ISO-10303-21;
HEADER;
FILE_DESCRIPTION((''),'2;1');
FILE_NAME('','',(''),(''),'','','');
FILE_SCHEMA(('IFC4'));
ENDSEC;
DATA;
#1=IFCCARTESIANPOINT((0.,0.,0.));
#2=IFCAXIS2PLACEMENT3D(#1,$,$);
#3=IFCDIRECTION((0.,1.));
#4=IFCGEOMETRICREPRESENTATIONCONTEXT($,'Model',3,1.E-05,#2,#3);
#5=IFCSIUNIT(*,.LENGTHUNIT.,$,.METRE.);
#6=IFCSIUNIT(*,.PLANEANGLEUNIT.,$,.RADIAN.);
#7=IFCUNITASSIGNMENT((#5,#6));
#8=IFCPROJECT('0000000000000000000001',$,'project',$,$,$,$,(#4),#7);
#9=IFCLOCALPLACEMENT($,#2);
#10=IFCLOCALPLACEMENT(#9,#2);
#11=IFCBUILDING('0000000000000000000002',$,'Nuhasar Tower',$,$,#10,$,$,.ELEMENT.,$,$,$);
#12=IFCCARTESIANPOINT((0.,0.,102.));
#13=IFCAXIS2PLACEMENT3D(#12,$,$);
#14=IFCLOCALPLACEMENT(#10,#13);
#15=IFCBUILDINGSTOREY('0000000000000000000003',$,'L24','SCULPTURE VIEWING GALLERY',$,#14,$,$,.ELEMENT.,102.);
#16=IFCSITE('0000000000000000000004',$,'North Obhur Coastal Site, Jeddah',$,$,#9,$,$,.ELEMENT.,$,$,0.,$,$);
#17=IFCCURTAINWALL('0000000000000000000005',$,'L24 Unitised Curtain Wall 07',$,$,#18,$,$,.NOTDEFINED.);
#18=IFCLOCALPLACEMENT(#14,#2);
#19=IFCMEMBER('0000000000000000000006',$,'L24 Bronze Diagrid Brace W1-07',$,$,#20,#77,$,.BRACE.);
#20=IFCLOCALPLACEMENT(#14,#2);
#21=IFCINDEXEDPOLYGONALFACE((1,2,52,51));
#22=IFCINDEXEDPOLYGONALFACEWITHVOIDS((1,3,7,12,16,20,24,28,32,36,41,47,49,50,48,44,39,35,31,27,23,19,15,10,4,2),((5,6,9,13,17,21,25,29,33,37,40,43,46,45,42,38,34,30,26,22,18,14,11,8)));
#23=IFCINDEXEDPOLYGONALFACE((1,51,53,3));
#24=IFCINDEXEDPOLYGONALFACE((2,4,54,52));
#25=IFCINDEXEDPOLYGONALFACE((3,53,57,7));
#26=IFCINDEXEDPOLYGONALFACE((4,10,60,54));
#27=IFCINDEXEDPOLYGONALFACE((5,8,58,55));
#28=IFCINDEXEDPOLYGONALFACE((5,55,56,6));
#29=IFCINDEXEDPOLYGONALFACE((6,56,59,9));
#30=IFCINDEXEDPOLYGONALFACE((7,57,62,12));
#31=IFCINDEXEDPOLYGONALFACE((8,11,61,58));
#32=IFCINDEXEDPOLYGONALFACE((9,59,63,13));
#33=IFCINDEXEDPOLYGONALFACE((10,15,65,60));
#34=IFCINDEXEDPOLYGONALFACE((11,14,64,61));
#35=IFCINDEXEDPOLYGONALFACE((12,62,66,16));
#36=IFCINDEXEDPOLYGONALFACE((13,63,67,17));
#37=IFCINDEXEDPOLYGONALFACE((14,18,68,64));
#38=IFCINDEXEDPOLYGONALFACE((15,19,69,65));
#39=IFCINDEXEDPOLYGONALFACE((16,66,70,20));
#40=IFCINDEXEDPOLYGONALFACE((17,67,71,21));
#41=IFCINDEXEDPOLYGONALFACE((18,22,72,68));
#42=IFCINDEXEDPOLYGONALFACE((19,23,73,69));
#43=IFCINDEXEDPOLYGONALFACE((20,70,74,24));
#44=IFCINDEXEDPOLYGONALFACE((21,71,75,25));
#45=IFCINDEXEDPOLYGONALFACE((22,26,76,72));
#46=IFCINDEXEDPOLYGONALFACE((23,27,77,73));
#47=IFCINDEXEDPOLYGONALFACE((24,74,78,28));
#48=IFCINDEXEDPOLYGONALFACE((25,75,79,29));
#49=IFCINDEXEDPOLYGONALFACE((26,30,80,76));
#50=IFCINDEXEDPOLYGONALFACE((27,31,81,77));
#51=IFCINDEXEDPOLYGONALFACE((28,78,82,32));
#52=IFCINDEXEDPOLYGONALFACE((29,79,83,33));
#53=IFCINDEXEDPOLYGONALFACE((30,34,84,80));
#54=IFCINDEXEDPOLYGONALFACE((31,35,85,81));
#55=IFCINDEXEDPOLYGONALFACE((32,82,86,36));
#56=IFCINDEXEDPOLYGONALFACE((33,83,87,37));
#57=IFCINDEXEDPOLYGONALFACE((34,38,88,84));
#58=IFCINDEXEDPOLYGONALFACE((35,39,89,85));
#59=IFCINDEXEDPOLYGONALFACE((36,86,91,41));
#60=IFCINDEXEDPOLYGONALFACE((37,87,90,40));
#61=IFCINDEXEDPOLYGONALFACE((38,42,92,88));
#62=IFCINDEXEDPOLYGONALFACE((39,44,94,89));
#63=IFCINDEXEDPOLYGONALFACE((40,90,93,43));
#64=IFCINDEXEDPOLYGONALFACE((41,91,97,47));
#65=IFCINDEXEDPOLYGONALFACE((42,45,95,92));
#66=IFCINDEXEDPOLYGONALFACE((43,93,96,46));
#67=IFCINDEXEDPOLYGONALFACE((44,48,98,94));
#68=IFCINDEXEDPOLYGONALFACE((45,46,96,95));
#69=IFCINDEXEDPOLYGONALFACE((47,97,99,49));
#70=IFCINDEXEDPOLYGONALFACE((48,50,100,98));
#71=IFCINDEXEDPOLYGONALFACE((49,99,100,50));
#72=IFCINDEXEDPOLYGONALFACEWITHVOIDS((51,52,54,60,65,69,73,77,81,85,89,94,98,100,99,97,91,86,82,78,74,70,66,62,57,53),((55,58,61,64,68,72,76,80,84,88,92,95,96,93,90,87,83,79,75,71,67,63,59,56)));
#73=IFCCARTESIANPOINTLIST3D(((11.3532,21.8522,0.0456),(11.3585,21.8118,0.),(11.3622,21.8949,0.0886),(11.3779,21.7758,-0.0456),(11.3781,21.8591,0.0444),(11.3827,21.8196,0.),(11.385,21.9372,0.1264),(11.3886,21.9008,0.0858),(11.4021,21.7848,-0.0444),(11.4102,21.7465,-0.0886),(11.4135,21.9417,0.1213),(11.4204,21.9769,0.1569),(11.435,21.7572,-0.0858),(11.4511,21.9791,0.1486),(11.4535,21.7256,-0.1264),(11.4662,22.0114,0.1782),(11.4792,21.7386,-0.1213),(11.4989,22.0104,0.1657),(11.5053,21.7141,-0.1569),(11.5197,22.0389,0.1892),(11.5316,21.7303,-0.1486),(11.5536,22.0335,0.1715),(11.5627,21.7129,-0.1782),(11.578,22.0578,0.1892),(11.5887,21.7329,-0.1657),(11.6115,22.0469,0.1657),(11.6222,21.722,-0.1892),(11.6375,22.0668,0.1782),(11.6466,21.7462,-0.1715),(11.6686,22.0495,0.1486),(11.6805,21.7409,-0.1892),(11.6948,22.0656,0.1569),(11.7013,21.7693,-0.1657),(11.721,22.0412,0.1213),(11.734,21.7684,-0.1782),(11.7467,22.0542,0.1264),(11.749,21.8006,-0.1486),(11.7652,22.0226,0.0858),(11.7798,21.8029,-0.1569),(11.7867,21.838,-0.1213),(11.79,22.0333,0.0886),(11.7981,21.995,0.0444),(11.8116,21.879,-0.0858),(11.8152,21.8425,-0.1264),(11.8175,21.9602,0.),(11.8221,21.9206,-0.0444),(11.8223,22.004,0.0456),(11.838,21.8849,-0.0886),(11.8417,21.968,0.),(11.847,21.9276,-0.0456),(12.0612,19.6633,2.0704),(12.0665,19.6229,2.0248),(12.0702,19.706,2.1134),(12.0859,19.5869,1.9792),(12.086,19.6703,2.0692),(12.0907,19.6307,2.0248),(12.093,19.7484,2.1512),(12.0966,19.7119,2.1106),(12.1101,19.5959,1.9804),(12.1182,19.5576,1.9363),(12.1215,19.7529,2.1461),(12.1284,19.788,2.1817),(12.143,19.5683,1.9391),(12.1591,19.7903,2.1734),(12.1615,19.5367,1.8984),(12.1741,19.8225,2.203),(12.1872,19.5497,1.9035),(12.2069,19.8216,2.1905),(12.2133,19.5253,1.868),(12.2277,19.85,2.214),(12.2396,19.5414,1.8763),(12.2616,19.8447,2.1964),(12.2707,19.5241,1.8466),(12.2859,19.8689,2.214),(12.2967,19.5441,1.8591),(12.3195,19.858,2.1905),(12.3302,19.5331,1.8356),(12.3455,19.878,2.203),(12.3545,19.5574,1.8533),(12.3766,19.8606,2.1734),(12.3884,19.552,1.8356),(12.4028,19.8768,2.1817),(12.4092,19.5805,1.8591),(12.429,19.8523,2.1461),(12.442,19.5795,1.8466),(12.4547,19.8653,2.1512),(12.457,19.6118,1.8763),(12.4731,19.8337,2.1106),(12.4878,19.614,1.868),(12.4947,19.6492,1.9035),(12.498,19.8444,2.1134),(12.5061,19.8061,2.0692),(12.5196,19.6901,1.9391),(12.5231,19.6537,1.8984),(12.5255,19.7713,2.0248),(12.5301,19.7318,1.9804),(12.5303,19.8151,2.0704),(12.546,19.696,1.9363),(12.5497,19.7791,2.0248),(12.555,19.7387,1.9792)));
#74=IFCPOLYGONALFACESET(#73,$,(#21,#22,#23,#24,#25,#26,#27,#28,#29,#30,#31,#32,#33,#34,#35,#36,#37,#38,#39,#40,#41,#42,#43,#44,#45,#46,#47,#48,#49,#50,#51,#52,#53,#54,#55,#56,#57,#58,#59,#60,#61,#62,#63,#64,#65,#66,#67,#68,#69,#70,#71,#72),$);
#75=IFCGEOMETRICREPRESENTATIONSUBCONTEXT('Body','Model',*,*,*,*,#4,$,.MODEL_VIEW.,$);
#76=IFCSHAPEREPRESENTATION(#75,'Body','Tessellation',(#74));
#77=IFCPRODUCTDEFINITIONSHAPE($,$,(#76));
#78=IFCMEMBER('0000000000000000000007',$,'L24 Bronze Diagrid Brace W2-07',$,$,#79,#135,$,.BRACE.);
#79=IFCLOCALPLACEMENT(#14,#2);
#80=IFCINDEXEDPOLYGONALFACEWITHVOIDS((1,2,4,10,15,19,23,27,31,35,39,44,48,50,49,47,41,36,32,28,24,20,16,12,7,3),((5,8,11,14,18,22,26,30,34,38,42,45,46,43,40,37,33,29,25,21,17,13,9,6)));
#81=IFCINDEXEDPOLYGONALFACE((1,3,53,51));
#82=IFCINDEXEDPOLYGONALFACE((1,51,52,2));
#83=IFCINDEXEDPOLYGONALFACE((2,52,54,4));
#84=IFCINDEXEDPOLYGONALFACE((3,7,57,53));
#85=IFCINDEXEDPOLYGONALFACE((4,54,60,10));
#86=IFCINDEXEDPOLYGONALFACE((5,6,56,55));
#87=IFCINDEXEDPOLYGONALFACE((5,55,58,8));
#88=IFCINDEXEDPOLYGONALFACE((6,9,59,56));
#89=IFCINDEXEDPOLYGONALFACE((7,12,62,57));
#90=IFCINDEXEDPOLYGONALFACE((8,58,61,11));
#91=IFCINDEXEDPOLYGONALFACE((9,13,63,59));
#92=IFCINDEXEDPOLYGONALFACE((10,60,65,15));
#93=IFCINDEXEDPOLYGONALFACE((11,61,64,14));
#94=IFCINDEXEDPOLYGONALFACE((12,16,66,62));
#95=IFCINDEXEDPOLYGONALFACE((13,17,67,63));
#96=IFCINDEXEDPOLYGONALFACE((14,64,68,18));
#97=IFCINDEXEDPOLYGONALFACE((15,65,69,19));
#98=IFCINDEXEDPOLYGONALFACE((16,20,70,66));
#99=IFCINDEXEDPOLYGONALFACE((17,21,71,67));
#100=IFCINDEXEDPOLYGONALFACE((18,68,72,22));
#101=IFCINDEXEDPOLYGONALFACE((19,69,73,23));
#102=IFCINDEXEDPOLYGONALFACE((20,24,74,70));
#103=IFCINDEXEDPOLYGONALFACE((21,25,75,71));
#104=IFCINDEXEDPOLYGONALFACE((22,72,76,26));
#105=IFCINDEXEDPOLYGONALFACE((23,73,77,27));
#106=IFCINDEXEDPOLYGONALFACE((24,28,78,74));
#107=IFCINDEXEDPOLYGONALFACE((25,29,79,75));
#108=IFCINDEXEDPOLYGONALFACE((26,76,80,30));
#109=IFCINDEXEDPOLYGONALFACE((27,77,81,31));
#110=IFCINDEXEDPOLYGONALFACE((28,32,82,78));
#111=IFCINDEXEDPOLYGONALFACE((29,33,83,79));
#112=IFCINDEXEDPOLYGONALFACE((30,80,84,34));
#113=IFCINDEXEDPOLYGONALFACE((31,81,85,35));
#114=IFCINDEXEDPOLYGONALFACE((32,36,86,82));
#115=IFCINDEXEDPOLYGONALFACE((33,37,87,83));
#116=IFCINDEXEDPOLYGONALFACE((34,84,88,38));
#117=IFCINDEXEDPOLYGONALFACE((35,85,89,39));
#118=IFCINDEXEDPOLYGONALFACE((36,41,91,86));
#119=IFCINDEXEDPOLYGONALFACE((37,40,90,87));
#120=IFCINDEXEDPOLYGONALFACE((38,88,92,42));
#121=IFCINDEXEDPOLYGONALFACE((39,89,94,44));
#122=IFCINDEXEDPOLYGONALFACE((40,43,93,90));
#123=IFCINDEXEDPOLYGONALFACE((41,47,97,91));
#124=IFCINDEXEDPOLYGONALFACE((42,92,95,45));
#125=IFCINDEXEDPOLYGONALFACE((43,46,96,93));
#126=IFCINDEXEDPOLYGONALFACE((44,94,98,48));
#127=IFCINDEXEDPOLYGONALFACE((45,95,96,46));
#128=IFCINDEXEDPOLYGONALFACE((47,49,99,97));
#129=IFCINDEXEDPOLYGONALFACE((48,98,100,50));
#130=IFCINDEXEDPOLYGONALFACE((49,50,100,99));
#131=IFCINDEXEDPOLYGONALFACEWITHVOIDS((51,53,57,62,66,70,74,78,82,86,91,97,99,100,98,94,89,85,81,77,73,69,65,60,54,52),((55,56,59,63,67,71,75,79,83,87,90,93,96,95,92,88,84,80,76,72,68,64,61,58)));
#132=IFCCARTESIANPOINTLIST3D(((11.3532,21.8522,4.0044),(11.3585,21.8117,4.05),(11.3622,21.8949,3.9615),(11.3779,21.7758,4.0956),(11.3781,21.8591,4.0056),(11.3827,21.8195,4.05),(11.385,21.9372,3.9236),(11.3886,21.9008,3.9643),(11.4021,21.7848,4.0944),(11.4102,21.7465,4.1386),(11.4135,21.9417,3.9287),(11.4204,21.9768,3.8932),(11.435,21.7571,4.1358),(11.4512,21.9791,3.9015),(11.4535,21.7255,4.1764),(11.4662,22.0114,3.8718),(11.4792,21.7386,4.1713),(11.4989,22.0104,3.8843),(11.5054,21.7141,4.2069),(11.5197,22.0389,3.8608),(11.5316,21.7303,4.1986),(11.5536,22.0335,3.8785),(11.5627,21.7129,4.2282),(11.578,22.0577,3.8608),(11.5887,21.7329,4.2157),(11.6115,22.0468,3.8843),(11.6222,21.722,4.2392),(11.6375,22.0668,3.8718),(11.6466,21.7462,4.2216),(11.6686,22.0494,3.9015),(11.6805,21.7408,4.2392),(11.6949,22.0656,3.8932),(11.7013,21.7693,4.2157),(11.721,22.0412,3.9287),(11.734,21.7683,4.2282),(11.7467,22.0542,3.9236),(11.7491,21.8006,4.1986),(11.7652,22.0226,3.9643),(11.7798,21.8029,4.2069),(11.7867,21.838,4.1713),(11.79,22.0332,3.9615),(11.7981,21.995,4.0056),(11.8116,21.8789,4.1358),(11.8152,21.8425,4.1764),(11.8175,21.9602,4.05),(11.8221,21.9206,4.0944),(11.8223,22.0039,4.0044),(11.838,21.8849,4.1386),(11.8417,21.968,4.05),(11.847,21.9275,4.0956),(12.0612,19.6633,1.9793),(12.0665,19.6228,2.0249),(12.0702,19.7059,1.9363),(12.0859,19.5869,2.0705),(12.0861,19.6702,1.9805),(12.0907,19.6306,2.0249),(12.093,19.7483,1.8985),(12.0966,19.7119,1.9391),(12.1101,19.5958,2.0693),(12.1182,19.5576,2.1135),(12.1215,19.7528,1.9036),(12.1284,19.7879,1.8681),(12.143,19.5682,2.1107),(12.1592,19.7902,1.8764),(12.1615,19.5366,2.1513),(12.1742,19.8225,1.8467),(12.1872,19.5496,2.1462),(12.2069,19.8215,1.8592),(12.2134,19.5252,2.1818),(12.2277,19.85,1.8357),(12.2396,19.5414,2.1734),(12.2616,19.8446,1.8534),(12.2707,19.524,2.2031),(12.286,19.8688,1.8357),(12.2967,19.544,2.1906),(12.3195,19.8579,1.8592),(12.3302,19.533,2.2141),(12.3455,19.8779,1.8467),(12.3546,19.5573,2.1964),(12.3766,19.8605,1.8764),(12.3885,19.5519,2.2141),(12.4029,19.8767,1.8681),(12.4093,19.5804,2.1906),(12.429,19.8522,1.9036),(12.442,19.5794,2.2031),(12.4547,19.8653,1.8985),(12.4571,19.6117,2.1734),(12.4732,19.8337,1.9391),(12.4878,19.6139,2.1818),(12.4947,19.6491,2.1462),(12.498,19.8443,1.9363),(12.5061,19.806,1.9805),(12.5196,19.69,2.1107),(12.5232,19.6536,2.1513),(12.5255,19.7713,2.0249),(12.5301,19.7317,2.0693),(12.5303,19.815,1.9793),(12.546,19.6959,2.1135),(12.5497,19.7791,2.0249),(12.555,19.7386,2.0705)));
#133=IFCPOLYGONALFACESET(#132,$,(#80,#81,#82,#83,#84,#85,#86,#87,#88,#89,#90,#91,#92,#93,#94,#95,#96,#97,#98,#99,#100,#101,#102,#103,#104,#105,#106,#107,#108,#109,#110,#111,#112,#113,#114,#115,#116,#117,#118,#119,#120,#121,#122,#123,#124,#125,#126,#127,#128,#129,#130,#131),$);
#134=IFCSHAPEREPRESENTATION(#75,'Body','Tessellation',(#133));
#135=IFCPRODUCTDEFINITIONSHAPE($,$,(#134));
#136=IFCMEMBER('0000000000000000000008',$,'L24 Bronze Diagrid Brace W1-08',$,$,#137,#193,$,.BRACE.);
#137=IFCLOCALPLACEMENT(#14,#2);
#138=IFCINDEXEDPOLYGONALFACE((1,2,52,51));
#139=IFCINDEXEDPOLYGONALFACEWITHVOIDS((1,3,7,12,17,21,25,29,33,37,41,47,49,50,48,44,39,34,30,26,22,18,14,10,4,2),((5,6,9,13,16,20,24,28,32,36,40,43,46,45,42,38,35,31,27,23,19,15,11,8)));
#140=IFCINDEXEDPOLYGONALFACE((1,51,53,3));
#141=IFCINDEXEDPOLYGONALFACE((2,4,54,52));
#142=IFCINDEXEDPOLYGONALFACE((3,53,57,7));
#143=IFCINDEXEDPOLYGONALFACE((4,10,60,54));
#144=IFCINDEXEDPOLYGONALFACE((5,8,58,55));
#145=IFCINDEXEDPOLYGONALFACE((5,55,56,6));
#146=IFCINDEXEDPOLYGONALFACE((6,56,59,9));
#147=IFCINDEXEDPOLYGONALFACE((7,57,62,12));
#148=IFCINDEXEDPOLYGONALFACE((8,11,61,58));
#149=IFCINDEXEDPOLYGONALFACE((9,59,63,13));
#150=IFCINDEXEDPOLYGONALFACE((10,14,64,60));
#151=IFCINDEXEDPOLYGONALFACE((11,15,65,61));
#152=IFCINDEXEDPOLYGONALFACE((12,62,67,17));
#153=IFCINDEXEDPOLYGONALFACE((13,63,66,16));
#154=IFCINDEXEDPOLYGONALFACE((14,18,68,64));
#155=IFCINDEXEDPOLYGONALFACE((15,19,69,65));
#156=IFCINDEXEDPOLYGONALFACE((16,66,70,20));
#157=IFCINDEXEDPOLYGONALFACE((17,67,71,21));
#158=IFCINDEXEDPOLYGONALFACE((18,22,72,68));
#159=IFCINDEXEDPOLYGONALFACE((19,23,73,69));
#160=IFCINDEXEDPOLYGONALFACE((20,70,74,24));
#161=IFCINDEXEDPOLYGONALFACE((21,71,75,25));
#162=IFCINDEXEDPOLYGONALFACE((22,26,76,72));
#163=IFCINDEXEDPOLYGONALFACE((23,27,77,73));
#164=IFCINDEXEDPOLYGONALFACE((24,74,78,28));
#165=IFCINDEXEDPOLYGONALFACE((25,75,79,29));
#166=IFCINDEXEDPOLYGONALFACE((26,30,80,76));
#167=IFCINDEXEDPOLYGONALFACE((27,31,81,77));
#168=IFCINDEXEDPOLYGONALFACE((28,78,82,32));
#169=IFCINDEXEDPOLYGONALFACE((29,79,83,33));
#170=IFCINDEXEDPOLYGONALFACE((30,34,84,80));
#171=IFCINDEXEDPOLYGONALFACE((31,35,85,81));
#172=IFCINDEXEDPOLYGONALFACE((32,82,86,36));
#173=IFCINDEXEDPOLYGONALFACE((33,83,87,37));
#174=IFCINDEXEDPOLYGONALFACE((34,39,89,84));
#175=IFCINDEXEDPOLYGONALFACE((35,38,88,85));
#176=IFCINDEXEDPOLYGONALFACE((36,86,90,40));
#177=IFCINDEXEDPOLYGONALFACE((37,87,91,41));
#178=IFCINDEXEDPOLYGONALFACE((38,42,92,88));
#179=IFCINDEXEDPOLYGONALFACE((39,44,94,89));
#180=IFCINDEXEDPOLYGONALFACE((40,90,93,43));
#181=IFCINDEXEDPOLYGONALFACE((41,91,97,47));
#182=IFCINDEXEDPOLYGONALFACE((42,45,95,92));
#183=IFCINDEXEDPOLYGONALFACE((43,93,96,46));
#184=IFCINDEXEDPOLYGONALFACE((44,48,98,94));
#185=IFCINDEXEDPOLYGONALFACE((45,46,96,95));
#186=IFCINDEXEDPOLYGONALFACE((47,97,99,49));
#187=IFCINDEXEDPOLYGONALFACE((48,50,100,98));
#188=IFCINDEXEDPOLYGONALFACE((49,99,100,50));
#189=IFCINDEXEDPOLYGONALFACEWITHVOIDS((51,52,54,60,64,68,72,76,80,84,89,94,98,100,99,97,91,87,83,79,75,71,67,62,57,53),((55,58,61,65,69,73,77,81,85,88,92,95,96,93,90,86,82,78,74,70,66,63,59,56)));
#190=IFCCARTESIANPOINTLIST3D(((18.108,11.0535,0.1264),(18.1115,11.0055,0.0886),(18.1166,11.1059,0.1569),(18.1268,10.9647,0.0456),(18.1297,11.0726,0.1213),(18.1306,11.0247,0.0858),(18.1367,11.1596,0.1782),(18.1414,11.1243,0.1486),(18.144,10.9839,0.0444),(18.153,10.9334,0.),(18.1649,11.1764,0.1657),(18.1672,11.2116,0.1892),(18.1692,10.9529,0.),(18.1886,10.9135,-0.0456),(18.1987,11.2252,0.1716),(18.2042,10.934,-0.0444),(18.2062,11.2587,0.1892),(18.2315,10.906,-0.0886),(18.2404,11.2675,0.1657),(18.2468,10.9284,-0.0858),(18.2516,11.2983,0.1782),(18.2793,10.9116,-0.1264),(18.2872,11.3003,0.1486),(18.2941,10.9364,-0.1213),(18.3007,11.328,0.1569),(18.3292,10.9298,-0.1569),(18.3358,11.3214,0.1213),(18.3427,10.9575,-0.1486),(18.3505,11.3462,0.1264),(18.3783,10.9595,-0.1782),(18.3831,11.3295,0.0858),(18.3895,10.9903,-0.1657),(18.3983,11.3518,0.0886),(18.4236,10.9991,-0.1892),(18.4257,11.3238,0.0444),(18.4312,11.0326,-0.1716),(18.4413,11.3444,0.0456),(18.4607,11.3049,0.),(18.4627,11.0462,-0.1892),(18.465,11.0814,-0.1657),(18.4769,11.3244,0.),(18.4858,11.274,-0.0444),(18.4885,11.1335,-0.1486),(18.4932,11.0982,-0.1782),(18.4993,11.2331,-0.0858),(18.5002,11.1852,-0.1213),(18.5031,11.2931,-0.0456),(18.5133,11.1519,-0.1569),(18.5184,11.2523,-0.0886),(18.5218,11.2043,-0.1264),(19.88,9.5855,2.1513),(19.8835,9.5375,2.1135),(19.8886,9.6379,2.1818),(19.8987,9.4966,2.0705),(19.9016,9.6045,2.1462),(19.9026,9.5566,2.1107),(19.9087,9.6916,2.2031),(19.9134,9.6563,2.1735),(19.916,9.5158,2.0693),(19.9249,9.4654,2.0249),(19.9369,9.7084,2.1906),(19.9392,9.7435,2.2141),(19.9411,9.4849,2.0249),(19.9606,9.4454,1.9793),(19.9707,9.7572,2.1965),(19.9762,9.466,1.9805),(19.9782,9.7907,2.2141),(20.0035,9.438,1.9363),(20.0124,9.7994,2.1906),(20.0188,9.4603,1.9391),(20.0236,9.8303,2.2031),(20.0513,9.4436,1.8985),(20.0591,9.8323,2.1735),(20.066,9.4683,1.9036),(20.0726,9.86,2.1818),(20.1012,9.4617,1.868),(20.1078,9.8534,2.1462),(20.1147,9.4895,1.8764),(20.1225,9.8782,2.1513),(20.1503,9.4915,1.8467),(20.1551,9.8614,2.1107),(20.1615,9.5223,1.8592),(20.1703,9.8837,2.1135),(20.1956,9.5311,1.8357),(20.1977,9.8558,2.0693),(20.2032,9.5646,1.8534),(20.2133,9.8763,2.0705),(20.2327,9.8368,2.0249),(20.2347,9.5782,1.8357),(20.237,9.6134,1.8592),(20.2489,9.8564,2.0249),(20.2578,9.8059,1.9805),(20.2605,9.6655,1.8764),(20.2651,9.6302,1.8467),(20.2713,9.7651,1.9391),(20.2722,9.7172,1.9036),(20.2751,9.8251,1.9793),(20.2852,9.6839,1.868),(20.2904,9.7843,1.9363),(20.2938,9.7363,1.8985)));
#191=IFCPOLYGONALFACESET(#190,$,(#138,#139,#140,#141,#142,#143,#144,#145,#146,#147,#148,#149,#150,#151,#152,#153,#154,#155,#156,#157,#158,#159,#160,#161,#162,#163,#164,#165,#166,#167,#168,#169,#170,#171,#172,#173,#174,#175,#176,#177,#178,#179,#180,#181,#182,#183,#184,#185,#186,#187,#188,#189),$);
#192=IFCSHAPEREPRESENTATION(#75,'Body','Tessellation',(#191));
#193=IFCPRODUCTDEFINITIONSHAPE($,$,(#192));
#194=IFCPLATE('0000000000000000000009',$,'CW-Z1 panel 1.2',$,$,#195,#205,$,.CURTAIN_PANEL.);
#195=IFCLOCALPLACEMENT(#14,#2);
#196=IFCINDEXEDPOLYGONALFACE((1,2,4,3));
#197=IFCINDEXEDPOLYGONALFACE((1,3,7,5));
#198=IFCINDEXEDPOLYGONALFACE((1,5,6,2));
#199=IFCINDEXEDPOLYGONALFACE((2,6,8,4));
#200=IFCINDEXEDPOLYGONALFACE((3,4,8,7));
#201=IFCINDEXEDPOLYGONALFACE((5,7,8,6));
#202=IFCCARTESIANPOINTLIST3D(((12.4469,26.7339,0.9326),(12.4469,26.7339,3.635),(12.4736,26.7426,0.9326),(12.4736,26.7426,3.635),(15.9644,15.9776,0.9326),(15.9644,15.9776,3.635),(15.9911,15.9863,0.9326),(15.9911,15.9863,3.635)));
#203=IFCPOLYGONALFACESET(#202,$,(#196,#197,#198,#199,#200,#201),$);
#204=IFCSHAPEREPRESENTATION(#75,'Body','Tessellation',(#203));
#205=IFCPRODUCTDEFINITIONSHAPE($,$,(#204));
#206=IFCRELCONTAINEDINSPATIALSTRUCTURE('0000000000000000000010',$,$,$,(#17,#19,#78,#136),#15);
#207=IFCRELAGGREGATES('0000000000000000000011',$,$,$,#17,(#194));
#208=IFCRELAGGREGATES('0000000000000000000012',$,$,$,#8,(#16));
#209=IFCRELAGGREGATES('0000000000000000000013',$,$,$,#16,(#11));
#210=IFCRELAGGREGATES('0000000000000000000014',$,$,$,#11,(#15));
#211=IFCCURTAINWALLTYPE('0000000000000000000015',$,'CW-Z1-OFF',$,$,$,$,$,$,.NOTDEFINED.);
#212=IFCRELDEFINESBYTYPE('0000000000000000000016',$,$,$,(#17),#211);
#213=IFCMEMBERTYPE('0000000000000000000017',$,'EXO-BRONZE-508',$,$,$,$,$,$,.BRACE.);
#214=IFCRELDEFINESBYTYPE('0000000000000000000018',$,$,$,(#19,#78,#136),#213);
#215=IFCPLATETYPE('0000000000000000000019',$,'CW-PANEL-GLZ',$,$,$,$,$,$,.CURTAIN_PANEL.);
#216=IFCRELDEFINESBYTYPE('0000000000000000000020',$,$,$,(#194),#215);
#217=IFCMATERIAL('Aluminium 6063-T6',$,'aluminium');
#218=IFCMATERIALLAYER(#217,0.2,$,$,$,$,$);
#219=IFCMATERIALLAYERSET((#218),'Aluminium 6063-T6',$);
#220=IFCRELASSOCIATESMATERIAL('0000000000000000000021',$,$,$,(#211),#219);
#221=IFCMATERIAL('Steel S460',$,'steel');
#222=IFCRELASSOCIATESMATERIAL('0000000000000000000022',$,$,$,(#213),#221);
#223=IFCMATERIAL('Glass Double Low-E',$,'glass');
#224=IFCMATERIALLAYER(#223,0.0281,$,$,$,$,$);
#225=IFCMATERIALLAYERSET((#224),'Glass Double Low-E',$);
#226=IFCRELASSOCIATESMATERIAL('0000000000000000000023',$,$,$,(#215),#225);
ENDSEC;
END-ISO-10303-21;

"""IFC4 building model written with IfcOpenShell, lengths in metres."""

from ifc_helpers import new_model, si_unit, direction, frame, origin, origin_2d, place, context, subcontext, project, spatial, rectangle, hollow_circle, extrude, material, layer, layer_set, material_profile, profile_set, type_object, element, aggregate, save


model = new_model("IFC4")

# Units and contexts
model_context = context("Model", 3, precision=1e-05, world=origin(), true_north=direction((0.0, 1.0)))
body_context = subcontext(model_context, "Body", "Model", "MODEL_VIEW")
ifc_project = project(units=[si_unit("LENGTHUNIT", "METRE"), si_unit("PLANEANGLEUNIT", "RADIAN")], contexts=[model_context])

# Site, building, storey
site_placement = place(None, origin())
site = spatial("IfcSite", under=ifc_project, at=site_placement, Name="North Obhur Coastal Site, Jeddah", CompositionType="ELEMENT", RefElevation=0.0)
building_placement = place(site_placement, origin())
building = spatial("IfcBuilding", under=site, at=building_placement, Name="Nuhasar Tower", CompositionType="ELEMENT")
storey_placement = place(building_placement, frame((0.0, 0.0, 102.0)))
storey = spatial("IfcBuildingStorey", under=building, at=storey_placement, Name="L24", Description="SCULPTURE VIEWING GALLERY", CompositionType="ELEMENT", Elevation=102.0)

# Curtain wall
ifc_material_1 = material(Name="Aluminium 6063-T6", Category="aluminium")
ifc_layer_1 = layer(ifc_material_1, 0.2)
ifc_layer_set_1 = layer_set([ifc_layer_1], Name="Aluminium 6063-T6")
curtain_wall_type = type_object("IfcCurtainWallType", Name="CW-Z1-OFF", PredefinedType="NOTDEFINED", material=ifc_layer_set_1)
curtain_wall_1_placement = place(storey_placement, origin())
curtain_wall_1 = element("IfcCurtainWall", 1, at=curtain_wall_1_placement, inside=storey, type_object=curtain_wall_type, Name="L24 Unitised Curtain Wall 07", PredefinedType="NOTDEFINED")

# Members
ifc_material_2 = material(Name="Steel S460", Category="steel")
ifc_material_profile_1 = material_profile(ifc_material_2, hollow_circle(Radius=0.2539, WallThickness=0.0254, at=origin_2d()), Name="HSS508X25.4")
ifc_profile_set_1 = profile_set([ifc_material_profile_1], Name="Steel S460")
member_type_1 = type_object("IfcMemberType", Name="EXO-BRONZE-508", PredefinedType="BRACE", material=ifc_profile_set_1)
member_1_placement = place(storey_placement, frame((11.6001, 21.8899, 0.0), z_axis=(0.231012, -0.714225, 0.660694), x_axis=(0.951468, 0.307747, 0.0)))
element("IfcMember", 2, at=member_1_placement, inside=storey, type_object=member_type_1, Name="L24 Bronze Diagrid Brace W1-07", PredefinedType="BRACE", context=body_context, shape_type="SweptSolid", body=[
    extrude(hollow_circle(Radius=0.2539, WallThickness=0.0254, at=origin_2d()), origin(), (0.0, 0.0, 1.0), 3.0647),
])
member_2_placement = place(storey_placement, frame((12.3081, 19.7009, 2.0249), z_axis=(-0.231, 0.714187, 0.660739), x_axis=(-0.951468, -0.307747, 0.0)))
element("IfcMember", 3, at=member_2_placement, inside=storey, type_object=member_type_1, Name="L24 Bronze Diagrid Brace W2-07", PredefinedType="BRACE", context=body_context, shape_type="SweptSolid", body=[
    extrude(hollow_circle(Radius=0.2539, WallThickness=0.0254, at=origin_2d()), origin(), (0.0, 0.0, 1.0), 3.0649),
])
member_3_placement = place(storey_placement, frame((18.3149, 11.1289, 0.0), z_axis=(0.578102, -0.478937, 0.660619), x_axis=(0.637969, 0.770062, 0.0)))
element("IfcMember", 4, at=member_3_placement, inside=storey, type_object=member_type_1, Name="L24 Bronze Diagrid Brace W1-08", PredefinedType="BRACE", context=body_context, shape_type="SweptSolid", body=[
    extrude(hollow_circle(Radius=0.2539, WallThickness=0.0254, at=origin_2d()), origin(), (0.0, 0.0, 1.0), 3.0652),
])

# Plate
ifc_material_3 = material(Name="Glass Double Low-E", Category="glass")
ifc_layer_2 = layer(ifc_material_3, 0.0281)
ifc_layer_set_2 = layer_set([ifc_layer_2], Name="Glass Double Low-E")
plate_type_1 = type_object("IfcPlateType", Name="CW-PANEL-GLZ", PredefinedType="CURTAIN_PANEL", material=ifc_layer_set_2)
plate_1_placement = place(storey_placement, frame((14.219, 21.3601, 0.9326), z_axis=(0.0, 0.0, 1.0), x_axis=(0.310824, -0.950468, 0.0)))
plate_1 = element("IfcPlate", 5, at=plate_1_placement, type_object=plate_type_1, Name="CW-Z1 panel 1.2", PredefinedType="CURTAIN_PANEL", context=body_context, shape_type="SweptSolid", body=[
    extrude(rectangle(XDim=11.3169, YDim=0.0281, at=origin_2d()), origin(), (0.0, 0.0, 1.0), 2.7024),
])
aggregate(curtain_wall_1, [plate_1])

save(model, "model.ifc")
